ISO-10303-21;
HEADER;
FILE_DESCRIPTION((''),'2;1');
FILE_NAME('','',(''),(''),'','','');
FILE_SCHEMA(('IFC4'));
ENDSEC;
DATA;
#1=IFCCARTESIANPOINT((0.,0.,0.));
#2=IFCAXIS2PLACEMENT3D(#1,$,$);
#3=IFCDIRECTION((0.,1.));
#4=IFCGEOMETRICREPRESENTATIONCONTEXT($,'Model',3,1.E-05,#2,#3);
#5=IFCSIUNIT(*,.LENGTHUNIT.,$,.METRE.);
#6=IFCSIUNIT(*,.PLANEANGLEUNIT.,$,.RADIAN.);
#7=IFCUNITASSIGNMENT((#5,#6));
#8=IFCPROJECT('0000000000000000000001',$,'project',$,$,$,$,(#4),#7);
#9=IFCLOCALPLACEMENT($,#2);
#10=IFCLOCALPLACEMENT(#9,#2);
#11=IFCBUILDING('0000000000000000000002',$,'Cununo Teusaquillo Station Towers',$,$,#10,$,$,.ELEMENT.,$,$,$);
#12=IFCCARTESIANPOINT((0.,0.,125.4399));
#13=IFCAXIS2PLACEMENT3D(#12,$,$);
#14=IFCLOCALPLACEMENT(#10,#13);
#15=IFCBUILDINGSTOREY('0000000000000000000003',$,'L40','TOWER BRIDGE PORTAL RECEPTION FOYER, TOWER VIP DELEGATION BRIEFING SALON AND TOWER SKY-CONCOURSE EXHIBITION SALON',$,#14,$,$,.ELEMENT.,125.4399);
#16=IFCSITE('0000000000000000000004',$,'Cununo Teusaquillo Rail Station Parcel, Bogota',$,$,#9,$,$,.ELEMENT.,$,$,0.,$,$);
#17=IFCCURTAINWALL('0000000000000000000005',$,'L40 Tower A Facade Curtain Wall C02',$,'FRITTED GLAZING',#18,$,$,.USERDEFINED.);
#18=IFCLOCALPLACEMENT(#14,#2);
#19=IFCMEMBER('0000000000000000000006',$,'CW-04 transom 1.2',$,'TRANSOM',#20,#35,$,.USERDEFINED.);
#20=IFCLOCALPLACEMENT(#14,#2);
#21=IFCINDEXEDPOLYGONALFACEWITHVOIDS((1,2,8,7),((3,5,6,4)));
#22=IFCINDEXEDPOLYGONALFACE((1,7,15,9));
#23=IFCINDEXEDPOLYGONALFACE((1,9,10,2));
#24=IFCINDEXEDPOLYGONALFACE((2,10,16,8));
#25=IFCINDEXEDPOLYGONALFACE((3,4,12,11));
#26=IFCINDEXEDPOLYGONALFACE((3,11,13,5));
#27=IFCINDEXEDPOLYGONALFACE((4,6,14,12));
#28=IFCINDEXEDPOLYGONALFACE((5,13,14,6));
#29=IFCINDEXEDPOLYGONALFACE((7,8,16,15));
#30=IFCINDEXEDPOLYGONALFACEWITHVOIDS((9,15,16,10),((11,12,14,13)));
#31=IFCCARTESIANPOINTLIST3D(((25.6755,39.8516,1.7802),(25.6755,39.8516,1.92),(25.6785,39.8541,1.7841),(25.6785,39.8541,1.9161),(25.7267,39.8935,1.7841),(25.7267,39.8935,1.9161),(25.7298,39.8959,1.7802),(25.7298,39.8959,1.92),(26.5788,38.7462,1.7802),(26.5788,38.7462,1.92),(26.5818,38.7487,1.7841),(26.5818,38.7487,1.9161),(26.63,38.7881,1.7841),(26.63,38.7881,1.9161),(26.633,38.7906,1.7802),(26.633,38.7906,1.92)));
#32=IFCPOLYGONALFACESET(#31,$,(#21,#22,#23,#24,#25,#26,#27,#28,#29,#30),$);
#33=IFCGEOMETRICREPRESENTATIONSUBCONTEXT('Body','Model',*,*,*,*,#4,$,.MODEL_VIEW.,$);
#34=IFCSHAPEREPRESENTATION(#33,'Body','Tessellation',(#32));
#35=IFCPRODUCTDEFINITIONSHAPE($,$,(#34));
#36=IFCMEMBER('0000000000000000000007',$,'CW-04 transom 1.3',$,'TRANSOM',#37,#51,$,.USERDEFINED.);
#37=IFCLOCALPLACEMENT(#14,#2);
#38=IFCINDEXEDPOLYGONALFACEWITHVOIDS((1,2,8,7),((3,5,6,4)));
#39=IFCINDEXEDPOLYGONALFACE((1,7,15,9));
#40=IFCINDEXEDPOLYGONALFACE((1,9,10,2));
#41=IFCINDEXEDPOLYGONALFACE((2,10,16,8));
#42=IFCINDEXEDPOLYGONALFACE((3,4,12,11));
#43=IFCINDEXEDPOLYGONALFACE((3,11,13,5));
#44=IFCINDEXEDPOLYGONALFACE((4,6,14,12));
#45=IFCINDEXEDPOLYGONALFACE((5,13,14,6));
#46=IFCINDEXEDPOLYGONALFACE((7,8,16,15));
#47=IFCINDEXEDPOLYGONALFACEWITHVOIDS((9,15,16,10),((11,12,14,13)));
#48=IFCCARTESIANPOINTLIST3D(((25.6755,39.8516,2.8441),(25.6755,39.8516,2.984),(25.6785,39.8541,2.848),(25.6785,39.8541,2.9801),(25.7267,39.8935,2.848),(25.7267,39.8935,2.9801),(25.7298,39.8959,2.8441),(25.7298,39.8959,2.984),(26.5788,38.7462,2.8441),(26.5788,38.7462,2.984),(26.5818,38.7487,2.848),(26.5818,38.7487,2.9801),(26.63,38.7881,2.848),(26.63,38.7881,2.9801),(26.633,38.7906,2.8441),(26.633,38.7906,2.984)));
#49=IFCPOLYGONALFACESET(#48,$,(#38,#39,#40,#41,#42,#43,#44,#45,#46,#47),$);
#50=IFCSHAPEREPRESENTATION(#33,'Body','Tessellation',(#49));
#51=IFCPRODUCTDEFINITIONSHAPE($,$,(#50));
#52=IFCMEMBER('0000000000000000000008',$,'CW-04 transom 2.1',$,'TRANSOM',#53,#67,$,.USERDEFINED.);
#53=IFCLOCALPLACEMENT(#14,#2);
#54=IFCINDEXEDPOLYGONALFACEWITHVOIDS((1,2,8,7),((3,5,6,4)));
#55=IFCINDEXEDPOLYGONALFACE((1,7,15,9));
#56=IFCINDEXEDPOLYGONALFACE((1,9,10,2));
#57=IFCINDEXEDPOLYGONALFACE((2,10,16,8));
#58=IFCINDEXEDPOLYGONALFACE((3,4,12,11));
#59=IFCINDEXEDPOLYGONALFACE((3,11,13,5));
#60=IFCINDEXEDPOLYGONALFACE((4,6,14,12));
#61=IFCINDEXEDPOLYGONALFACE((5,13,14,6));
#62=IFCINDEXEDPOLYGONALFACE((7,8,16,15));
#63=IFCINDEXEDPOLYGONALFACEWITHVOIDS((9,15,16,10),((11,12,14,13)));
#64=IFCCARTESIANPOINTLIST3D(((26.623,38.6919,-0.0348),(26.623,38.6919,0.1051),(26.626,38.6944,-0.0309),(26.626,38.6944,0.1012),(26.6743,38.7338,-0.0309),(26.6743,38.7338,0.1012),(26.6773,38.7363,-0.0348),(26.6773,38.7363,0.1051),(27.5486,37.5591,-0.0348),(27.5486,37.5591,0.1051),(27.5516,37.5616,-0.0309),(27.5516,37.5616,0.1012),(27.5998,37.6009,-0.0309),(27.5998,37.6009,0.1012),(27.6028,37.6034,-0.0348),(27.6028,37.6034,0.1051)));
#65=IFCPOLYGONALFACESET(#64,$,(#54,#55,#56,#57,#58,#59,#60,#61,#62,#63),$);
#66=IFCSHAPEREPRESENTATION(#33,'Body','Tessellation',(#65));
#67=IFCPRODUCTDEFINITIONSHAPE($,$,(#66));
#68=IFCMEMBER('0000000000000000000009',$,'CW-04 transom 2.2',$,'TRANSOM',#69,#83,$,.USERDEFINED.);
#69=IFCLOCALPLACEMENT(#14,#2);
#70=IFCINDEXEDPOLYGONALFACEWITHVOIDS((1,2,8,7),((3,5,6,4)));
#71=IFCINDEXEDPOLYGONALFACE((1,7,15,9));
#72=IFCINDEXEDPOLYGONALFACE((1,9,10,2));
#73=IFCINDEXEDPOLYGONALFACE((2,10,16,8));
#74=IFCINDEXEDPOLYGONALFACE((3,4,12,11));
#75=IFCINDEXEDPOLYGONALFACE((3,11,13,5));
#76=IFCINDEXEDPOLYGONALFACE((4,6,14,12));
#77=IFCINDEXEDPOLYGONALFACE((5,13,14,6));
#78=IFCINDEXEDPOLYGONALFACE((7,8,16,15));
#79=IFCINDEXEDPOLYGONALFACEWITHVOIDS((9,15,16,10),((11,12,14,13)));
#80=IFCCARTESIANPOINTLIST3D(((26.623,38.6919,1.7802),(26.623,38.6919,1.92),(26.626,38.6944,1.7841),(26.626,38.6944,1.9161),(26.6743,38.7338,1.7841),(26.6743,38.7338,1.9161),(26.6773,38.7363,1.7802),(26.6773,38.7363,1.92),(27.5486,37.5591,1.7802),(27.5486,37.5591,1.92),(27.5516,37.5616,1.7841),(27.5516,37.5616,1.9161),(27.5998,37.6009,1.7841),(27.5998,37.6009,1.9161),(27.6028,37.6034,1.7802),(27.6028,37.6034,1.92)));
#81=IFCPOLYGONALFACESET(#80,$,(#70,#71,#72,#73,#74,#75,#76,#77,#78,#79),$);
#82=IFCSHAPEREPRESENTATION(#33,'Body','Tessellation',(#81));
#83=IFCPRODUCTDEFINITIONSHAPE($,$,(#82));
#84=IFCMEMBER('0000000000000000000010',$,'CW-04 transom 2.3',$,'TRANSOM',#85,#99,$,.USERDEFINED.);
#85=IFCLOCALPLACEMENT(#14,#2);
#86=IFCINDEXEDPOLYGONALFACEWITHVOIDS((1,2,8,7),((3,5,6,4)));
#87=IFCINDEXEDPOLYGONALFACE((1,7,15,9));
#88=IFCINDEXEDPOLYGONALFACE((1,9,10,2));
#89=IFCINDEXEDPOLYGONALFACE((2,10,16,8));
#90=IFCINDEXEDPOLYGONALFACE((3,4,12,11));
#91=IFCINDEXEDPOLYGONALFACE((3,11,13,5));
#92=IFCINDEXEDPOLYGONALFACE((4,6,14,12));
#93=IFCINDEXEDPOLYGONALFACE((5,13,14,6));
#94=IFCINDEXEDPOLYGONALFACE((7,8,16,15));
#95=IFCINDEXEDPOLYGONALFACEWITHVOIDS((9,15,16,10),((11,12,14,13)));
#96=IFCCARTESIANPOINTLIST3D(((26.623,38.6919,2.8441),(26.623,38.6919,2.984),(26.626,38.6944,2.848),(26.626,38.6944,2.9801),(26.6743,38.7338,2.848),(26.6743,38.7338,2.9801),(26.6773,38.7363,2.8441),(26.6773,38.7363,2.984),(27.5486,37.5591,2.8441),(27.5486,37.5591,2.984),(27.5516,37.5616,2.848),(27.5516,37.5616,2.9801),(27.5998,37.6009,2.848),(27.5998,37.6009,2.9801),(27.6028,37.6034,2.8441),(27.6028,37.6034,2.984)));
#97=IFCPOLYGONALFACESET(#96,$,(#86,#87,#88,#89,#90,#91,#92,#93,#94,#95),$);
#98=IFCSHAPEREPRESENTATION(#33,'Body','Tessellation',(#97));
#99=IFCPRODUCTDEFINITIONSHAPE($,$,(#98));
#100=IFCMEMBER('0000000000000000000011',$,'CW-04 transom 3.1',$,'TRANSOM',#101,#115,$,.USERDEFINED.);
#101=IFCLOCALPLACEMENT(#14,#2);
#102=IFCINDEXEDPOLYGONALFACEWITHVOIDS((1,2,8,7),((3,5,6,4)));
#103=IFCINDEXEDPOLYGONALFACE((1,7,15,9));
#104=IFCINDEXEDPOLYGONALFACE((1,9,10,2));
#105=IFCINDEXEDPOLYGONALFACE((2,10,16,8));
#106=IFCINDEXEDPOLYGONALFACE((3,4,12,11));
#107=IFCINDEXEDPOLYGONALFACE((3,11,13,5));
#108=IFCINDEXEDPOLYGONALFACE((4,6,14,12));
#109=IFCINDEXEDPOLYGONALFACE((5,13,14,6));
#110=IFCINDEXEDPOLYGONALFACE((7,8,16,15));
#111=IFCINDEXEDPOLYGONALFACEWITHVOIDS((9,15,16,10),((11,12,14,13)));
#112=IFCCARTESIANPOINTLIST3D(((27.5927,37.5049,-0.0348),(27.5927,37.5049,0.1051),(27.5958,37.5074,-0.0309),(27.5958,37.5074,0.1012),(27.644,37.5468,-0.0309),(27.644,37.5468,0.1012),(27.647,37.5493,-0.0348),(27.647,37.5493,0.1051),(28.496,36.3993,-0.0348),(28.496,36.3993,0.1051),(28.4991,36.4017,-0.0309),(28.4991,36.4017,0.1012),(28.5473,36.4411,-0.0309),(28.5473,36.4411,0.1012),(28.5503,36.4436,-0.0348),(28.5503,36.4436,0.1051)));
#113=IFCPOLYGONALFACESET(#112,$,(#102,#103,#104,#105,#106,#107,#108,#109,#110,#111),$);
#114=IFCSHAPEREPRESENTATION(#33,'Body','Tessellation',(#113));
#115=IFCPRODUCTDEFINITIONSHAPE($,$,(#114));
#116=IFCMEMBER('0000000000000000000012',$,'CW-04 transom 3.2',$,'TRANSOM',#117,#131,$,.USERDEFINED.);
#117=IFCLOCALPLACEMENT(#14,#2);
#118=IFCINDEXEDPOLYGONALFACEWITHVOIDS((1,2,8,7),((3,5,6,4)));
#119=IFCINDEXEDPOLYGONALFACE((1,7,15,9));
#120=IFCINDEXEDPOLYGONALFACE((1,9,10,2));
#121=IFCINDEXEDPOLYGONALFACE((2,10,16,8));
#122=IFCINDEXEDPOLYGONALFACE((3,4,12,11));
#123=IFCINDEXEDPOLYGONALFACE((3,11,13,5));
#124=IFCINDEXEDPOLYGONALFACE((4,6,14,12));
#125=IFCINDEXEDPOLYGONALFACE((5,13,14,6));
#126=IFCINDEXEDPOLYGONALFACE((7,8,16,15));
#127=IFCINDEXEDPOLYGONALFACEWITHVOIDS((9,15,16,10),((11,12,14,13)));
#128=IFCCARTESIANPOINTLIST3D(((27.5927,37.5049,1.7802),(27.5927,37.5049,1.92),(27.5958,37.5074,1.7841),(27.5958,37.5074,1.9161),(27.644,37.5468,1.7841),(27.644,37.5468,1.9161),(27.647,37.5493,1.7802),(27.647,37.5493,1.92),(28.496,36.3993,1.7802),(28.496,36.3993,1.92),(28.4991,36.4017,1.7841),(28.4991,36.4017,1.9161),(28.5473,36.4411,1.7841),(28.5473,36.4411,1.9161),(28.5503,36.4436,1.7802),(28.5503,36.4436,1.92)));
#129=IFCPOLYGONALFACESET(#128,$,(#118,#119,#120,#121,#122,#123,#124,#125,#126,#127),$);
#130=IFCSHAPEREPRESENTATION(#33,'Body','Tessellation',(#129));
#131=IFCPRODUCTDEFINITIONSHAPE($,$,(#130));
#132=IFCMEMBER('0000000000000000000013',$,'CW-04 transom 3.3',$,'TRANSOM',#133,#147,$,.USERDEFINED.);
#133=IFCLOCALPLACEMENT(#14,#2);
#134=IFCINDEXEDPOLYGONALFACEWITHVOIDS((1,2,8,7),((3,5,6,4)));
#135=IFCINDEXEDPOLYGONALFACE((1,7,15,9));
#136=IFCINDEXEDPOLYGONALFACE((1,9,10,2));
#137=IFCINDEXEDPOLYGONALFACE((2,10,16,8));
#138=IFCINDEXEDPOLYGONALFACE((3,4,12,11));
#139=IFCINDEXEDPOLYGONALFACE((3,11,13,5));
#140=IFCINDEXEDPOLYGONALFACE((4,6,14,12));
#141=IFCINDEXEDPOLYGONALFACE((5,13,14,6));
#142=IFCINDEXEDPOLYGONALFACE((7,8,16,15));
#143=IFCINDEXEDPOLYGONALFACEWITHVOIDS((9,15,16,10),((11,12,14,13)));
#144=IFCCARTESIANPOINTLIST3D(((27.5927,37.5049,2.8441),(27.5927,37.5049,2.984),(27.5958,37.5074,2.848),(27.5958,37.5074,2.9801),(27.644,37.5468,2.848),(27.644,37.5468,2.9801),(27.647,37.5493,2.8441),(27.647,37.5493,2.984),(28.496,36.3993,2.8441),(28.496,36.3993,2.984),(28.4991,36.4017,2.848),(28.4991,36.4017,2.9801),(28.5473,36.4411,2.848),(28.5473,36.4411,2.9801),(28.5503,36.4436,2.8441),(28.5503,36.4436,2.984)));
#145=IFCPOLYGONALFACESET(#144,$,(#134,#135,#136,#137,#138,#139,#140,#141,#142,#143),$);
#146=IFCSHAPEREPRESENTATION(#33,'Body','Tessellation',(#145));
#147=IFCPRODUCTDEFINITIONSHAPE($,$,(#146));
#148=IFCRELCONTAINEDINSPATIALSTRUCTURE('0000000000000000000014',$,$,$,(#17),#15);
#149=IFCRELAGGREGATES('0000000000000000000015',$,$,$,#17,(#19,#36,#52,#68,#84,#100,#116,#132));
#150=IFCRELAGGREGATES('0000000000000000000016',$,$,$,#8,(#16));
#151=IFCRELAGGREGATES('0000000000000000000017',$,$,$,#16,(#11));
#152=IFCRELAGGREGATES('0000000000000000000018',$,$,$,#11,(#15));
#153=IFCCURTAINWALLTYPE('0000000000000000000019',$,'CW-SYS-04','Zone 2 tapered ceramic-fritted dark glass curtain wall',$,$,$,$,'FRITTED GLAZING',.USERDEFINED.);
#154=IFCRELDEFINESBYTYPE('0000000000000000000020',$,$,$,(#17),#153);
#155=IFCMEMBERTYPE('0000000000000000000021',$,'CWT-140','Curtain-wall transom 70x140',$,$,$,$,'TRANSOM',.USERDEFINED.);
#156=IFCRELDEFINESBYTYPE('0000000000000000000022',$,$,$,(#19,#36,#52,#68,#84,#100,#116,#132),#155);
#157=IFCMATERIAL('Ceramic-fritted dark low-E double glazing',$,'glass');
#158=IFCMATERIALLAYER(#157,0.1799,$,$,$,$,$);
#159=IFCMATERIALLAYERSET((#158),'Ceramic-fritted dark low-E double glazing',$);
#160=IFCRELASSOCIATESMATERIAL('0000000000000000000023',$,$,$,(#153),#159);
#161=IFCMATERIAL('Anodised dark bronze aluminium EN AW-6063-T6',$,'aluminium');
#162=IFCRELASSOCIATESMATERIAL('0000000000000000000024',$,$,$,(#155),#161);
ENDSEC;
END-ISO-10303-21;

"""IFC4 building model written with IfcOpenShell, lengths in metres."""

from ifc_helpers import new_model, si_unit, direction, frame, origin, origin_2d, place, context, subcontext, project, spatial, hollow_rectangle, extrude, material, layer, layer_set, material_profile, profile_set, type_object, element, aggregate, save


model = new_model("IFC4")

# Units and contexts
model_context = context("Model", 3, precision=1e-05, world=origin(), true_north=direction((0.0, 1.0)))
body_context = subcontext(model_context, "Body", "Model", "MODEL_VIEW")
ifc_project = project(units=[si_unit("LENGTHUNIT", "METRE"), si_unit("PLANEANGLEUNIT", "RADIAN")], contexts=[model_context])

# Site, building, storey
site_placement = place(None, origin())
site = spatial("IfcSite", under=ifc_project, at=site_placement, Name="Cununo Teusaquillo Rail Station Parcel, Bogota", CompositionType="ELEMENT", RefElevation=0.0)
building_placement = place(site_placement, origin())
building = spatial("IfcBuilding", under=site, at=building_placement, Name="Cununo Teusaquillo Station Towers", CompositionType="ELEMENT")
storey_placement = place(building_placement, frame((0.0, 0.0, 125.4399)))
storey = spatial("IfcBuildingStorey", under=building, at=storey_placement, Name="L40", Description="TOWER BRIDGE PORTAL RECEPTION FOYER, TOWER VIP DELEGATION BRIEFING SALON AND TOWER SKY-CONCOURSE EXHIBITION SALON", CompositionType="ELEMENT", Elevation=125.4399)

# Curtain wall, members
ifc_material_1 = material(Name="Ceramic-fritted dark low-E double glazing", Category="glass")
ifc_layer_1 = layer(ifc_material_1, 0.1799)
ifc_layer_set_1 = layer_set([ifc_layer_1], Name="Ceramic-fritted dark low-E double glazing")
curtain_wall_type = type_object("IfcCurtainWallType", Name="CW-SYS-04", Description="Zone 2 tapered ceramic-fritted dark glass curtain wall", ElementType="FRITTED GLAZING", PredefinedType="USERDEFINED", material=ifc_layer_set_1)
curtain_wall_placement = place(storey_placement, origin())
curtain_wall = element("IfcCurtainWall", 1, at=curtain_wall_placement, inside=storey, type_object=curtain_wall_type, Name="L40 Tower A Facade Curtain Wall C02", ObjectType="FRITTED GLAZING", PredefinedType="USERDEFINED")
ifc_material_2 = material(Name="Anodised dark bronze aluminium EN AW-6063-T6", Category="aluminium")
ifc_material_profile_1 = material_profile(ifc_material_2, hollow_rectangle(XDim=0.0701, YDim=0.1399, WallThickness=0.0039, at=origin_2d()), Name="CW-TRAN-70x140")
ifc_profile_set_1 = profile_set([ifc_material_profile_1], Name="Anodised dark bronze aluminium EN AW-6063-T6")
member_type_1 = type_object("IfcMemberType", Name="CWT-140", Description="Curtain-wall transom 70x140", ElementType="TRANSOM", PredefinedType="USERDEFINED", material=ifc_profile_set_1)
member_1_placement = place(storey_placement, frame((25.7026, 39.8738, 1.8501), z_axis=(0.632753, -0.774353, 0.0), x_axis=(0.774353, 0.632753, 0.0)))
member_1 = element("IfcMember", 2, at=member_1_placement, type_object=member_type_1, Name="CW-04 transom 1.2", ObjectType="TRANSOM", PredefinedType="USERDEFINED", context=body_context, shape_type="SweptSolid", body=[
    extrude(hollow_rectangle(XDim=0.0701, YDim=0.1399, WallThickness=0.0039, at=origin_2d()), origin(), (0.0, 0.0, 1.0), 1.4275),
])
member_2_placement = place(storey_placement, frame((25.7026, 39.8738, 2.9141), z_axis=(0.632753, -0.774353, 0.0), x_axis=(0.774353, 0.632753, 0.0)))
member_2 = element("IfcMember", 3, at=member_2_placement, type_object=member_type_1, Name="CW-04 transom 1.3", ObjectType="TRANSOM", PredefinedType="USERDEFINED", context=body_context, shape_type="SweptSolid", body=[
    extrude(hollow_rectangle(XDim=0.0701, YDim=0.1399, WallThickness=0.0039, at=origin_2d()), origin(), (0.0, 0.0, 1.0), 1.4275),
])
member_3_placement = place(storey_placement, frame((26.6501, 38.7141, 0.0352), z_axis=(0.632701, -0.774396, 0.0), x_axis=(0.774396, 0.632701, 0.0)))
member_3 = element("IfcMember", 4, at=member_3_placement, type_object=member_type_1, Name="CW-04 transom 2.1", ObjectType="TRANSOM", PredefinedType="USERDEFINED", context=body_context, shape_type="SweptSolid", body=[
    extrude(hollow_rectangle(XDim=0.0701, YDim=0.1399, WallThickness=0.0039, at=origin_2d()), origin(), (0.0, 0.0, 1.0), 1.4629),
])
member_4_placement = place(storey_placement, frame((26.6501, 38.7141, 1.8501), z_axis=(0.632701, -0.774396, 0.0), x_axis=(0.774396, 0.632701, 0.0)))
member_4 = element("IfcMember", 5, at=member_4_placement, type_object=member_type_1, Name="CW-04 transom 2.2", ObjectType="TRANSOM", PredefinedType="USERDEFINED", context=body_context, shape_type="SweptSolid", body=[
    extrude(hollow_rectangle(XDim=0.0701, YDim=0.1399, WallThickness=0.0039, at=origin_2d()), origin(), (0.0, 0.0, 1.0), 1.4629),
])
member_5_placement = place(storey_placement, frame((26.6501, 38.7141, 2.9141), z_axis=(0.632701, -0.774396, 0.0), x_axis=(0.774396, 0.632701, 0.0)))
member_5 = element("IfcMember", 6, at=member_5_placement, type_object=member_type_1, Name="CW-04 transom 2.3", ObjectType="TRANSOM", PredefinedType="USERDEFINED", context=body_context, shape_type="SweptSolid", body=[
    extrude(hollow_rectangle(XDim=0.0701, YDim=0.1399, WallThickness=0.0039, at=origin_2d()), origin(), (0.0, 0.0, 1.0), 1.4629),
])
member_6_placement = place(storey_placement, frame((27.6199, 37.5271, 0.0352), z_axis=(0.63267, -0.774422, 0.0), x_axis=(0.774422, 0.63267, 0.0)))
member_6 = element("IfcMember", 7, at=member_6_placement, type_object=member_type_1, Name="CW-04 transom 3.1", ObjectType="TRANSOM", PredefinedType="USERDEFINED", context=body_context, shape_type="SweptSolid", body=[
    extrude(hollow_rectangle(XDim=0.0701, YDim=0.1399, WallThickness=0.0039, at=origin_2d()), origin(), (0.0, 0.0, 1.0), 1.4277),
])
member_7_placement = place(storey_placement, frame((27.6199, 37.5271, 1.8501), z_axis=(0.63267, -0.774422, 0.0), x_axis=(0.774422, 0.63267, 0.0)))
member_7 = element("IfcMember", 8, at=member_7_placement, type_object=member_type_1, Name="CW-04 transom 3.2", ObjectType="TRANSOM", PredefinedType="USERDEFINED", context=body_context, shape_type="SweptSolid", body=[
    extrude(hollow_rectangle(XDim=0.0701, YDim=0.1399, WallThickness=0.0039, at=origin_2d()), origin(), (0.0, 0.0, 1.0), 1.4277),
])
member_8_placement = place(storey_placement, frame((27.6199, 37.5271, 2.9141), z_axis=(0.63267, -0.774422, 0.0), x_axis=(0.774422, 0.63267, 0.0)))
member_8 = element("IfcMember", 9, at=member_8_placement, type_object=member_type_1, Name="CW-04 transom 3.3", ObjectType="TRANSOM", PredefinedType="USERDEFINED", context=body_context, shape_type="SweptSolid", body=[
    extrude(hollow_rectangle(XDim=0.0701, YDim=0.1399, WallThickness=0.0039, at=origin_2d()), origin(), (0.0, 0.0, 1.0), 1.4277),
])

aggregate(curtain_wall, [member_1, member_2, member_3, member_4, member_5, member_6, member_7, member_8])

save(model, "model.ifc")
